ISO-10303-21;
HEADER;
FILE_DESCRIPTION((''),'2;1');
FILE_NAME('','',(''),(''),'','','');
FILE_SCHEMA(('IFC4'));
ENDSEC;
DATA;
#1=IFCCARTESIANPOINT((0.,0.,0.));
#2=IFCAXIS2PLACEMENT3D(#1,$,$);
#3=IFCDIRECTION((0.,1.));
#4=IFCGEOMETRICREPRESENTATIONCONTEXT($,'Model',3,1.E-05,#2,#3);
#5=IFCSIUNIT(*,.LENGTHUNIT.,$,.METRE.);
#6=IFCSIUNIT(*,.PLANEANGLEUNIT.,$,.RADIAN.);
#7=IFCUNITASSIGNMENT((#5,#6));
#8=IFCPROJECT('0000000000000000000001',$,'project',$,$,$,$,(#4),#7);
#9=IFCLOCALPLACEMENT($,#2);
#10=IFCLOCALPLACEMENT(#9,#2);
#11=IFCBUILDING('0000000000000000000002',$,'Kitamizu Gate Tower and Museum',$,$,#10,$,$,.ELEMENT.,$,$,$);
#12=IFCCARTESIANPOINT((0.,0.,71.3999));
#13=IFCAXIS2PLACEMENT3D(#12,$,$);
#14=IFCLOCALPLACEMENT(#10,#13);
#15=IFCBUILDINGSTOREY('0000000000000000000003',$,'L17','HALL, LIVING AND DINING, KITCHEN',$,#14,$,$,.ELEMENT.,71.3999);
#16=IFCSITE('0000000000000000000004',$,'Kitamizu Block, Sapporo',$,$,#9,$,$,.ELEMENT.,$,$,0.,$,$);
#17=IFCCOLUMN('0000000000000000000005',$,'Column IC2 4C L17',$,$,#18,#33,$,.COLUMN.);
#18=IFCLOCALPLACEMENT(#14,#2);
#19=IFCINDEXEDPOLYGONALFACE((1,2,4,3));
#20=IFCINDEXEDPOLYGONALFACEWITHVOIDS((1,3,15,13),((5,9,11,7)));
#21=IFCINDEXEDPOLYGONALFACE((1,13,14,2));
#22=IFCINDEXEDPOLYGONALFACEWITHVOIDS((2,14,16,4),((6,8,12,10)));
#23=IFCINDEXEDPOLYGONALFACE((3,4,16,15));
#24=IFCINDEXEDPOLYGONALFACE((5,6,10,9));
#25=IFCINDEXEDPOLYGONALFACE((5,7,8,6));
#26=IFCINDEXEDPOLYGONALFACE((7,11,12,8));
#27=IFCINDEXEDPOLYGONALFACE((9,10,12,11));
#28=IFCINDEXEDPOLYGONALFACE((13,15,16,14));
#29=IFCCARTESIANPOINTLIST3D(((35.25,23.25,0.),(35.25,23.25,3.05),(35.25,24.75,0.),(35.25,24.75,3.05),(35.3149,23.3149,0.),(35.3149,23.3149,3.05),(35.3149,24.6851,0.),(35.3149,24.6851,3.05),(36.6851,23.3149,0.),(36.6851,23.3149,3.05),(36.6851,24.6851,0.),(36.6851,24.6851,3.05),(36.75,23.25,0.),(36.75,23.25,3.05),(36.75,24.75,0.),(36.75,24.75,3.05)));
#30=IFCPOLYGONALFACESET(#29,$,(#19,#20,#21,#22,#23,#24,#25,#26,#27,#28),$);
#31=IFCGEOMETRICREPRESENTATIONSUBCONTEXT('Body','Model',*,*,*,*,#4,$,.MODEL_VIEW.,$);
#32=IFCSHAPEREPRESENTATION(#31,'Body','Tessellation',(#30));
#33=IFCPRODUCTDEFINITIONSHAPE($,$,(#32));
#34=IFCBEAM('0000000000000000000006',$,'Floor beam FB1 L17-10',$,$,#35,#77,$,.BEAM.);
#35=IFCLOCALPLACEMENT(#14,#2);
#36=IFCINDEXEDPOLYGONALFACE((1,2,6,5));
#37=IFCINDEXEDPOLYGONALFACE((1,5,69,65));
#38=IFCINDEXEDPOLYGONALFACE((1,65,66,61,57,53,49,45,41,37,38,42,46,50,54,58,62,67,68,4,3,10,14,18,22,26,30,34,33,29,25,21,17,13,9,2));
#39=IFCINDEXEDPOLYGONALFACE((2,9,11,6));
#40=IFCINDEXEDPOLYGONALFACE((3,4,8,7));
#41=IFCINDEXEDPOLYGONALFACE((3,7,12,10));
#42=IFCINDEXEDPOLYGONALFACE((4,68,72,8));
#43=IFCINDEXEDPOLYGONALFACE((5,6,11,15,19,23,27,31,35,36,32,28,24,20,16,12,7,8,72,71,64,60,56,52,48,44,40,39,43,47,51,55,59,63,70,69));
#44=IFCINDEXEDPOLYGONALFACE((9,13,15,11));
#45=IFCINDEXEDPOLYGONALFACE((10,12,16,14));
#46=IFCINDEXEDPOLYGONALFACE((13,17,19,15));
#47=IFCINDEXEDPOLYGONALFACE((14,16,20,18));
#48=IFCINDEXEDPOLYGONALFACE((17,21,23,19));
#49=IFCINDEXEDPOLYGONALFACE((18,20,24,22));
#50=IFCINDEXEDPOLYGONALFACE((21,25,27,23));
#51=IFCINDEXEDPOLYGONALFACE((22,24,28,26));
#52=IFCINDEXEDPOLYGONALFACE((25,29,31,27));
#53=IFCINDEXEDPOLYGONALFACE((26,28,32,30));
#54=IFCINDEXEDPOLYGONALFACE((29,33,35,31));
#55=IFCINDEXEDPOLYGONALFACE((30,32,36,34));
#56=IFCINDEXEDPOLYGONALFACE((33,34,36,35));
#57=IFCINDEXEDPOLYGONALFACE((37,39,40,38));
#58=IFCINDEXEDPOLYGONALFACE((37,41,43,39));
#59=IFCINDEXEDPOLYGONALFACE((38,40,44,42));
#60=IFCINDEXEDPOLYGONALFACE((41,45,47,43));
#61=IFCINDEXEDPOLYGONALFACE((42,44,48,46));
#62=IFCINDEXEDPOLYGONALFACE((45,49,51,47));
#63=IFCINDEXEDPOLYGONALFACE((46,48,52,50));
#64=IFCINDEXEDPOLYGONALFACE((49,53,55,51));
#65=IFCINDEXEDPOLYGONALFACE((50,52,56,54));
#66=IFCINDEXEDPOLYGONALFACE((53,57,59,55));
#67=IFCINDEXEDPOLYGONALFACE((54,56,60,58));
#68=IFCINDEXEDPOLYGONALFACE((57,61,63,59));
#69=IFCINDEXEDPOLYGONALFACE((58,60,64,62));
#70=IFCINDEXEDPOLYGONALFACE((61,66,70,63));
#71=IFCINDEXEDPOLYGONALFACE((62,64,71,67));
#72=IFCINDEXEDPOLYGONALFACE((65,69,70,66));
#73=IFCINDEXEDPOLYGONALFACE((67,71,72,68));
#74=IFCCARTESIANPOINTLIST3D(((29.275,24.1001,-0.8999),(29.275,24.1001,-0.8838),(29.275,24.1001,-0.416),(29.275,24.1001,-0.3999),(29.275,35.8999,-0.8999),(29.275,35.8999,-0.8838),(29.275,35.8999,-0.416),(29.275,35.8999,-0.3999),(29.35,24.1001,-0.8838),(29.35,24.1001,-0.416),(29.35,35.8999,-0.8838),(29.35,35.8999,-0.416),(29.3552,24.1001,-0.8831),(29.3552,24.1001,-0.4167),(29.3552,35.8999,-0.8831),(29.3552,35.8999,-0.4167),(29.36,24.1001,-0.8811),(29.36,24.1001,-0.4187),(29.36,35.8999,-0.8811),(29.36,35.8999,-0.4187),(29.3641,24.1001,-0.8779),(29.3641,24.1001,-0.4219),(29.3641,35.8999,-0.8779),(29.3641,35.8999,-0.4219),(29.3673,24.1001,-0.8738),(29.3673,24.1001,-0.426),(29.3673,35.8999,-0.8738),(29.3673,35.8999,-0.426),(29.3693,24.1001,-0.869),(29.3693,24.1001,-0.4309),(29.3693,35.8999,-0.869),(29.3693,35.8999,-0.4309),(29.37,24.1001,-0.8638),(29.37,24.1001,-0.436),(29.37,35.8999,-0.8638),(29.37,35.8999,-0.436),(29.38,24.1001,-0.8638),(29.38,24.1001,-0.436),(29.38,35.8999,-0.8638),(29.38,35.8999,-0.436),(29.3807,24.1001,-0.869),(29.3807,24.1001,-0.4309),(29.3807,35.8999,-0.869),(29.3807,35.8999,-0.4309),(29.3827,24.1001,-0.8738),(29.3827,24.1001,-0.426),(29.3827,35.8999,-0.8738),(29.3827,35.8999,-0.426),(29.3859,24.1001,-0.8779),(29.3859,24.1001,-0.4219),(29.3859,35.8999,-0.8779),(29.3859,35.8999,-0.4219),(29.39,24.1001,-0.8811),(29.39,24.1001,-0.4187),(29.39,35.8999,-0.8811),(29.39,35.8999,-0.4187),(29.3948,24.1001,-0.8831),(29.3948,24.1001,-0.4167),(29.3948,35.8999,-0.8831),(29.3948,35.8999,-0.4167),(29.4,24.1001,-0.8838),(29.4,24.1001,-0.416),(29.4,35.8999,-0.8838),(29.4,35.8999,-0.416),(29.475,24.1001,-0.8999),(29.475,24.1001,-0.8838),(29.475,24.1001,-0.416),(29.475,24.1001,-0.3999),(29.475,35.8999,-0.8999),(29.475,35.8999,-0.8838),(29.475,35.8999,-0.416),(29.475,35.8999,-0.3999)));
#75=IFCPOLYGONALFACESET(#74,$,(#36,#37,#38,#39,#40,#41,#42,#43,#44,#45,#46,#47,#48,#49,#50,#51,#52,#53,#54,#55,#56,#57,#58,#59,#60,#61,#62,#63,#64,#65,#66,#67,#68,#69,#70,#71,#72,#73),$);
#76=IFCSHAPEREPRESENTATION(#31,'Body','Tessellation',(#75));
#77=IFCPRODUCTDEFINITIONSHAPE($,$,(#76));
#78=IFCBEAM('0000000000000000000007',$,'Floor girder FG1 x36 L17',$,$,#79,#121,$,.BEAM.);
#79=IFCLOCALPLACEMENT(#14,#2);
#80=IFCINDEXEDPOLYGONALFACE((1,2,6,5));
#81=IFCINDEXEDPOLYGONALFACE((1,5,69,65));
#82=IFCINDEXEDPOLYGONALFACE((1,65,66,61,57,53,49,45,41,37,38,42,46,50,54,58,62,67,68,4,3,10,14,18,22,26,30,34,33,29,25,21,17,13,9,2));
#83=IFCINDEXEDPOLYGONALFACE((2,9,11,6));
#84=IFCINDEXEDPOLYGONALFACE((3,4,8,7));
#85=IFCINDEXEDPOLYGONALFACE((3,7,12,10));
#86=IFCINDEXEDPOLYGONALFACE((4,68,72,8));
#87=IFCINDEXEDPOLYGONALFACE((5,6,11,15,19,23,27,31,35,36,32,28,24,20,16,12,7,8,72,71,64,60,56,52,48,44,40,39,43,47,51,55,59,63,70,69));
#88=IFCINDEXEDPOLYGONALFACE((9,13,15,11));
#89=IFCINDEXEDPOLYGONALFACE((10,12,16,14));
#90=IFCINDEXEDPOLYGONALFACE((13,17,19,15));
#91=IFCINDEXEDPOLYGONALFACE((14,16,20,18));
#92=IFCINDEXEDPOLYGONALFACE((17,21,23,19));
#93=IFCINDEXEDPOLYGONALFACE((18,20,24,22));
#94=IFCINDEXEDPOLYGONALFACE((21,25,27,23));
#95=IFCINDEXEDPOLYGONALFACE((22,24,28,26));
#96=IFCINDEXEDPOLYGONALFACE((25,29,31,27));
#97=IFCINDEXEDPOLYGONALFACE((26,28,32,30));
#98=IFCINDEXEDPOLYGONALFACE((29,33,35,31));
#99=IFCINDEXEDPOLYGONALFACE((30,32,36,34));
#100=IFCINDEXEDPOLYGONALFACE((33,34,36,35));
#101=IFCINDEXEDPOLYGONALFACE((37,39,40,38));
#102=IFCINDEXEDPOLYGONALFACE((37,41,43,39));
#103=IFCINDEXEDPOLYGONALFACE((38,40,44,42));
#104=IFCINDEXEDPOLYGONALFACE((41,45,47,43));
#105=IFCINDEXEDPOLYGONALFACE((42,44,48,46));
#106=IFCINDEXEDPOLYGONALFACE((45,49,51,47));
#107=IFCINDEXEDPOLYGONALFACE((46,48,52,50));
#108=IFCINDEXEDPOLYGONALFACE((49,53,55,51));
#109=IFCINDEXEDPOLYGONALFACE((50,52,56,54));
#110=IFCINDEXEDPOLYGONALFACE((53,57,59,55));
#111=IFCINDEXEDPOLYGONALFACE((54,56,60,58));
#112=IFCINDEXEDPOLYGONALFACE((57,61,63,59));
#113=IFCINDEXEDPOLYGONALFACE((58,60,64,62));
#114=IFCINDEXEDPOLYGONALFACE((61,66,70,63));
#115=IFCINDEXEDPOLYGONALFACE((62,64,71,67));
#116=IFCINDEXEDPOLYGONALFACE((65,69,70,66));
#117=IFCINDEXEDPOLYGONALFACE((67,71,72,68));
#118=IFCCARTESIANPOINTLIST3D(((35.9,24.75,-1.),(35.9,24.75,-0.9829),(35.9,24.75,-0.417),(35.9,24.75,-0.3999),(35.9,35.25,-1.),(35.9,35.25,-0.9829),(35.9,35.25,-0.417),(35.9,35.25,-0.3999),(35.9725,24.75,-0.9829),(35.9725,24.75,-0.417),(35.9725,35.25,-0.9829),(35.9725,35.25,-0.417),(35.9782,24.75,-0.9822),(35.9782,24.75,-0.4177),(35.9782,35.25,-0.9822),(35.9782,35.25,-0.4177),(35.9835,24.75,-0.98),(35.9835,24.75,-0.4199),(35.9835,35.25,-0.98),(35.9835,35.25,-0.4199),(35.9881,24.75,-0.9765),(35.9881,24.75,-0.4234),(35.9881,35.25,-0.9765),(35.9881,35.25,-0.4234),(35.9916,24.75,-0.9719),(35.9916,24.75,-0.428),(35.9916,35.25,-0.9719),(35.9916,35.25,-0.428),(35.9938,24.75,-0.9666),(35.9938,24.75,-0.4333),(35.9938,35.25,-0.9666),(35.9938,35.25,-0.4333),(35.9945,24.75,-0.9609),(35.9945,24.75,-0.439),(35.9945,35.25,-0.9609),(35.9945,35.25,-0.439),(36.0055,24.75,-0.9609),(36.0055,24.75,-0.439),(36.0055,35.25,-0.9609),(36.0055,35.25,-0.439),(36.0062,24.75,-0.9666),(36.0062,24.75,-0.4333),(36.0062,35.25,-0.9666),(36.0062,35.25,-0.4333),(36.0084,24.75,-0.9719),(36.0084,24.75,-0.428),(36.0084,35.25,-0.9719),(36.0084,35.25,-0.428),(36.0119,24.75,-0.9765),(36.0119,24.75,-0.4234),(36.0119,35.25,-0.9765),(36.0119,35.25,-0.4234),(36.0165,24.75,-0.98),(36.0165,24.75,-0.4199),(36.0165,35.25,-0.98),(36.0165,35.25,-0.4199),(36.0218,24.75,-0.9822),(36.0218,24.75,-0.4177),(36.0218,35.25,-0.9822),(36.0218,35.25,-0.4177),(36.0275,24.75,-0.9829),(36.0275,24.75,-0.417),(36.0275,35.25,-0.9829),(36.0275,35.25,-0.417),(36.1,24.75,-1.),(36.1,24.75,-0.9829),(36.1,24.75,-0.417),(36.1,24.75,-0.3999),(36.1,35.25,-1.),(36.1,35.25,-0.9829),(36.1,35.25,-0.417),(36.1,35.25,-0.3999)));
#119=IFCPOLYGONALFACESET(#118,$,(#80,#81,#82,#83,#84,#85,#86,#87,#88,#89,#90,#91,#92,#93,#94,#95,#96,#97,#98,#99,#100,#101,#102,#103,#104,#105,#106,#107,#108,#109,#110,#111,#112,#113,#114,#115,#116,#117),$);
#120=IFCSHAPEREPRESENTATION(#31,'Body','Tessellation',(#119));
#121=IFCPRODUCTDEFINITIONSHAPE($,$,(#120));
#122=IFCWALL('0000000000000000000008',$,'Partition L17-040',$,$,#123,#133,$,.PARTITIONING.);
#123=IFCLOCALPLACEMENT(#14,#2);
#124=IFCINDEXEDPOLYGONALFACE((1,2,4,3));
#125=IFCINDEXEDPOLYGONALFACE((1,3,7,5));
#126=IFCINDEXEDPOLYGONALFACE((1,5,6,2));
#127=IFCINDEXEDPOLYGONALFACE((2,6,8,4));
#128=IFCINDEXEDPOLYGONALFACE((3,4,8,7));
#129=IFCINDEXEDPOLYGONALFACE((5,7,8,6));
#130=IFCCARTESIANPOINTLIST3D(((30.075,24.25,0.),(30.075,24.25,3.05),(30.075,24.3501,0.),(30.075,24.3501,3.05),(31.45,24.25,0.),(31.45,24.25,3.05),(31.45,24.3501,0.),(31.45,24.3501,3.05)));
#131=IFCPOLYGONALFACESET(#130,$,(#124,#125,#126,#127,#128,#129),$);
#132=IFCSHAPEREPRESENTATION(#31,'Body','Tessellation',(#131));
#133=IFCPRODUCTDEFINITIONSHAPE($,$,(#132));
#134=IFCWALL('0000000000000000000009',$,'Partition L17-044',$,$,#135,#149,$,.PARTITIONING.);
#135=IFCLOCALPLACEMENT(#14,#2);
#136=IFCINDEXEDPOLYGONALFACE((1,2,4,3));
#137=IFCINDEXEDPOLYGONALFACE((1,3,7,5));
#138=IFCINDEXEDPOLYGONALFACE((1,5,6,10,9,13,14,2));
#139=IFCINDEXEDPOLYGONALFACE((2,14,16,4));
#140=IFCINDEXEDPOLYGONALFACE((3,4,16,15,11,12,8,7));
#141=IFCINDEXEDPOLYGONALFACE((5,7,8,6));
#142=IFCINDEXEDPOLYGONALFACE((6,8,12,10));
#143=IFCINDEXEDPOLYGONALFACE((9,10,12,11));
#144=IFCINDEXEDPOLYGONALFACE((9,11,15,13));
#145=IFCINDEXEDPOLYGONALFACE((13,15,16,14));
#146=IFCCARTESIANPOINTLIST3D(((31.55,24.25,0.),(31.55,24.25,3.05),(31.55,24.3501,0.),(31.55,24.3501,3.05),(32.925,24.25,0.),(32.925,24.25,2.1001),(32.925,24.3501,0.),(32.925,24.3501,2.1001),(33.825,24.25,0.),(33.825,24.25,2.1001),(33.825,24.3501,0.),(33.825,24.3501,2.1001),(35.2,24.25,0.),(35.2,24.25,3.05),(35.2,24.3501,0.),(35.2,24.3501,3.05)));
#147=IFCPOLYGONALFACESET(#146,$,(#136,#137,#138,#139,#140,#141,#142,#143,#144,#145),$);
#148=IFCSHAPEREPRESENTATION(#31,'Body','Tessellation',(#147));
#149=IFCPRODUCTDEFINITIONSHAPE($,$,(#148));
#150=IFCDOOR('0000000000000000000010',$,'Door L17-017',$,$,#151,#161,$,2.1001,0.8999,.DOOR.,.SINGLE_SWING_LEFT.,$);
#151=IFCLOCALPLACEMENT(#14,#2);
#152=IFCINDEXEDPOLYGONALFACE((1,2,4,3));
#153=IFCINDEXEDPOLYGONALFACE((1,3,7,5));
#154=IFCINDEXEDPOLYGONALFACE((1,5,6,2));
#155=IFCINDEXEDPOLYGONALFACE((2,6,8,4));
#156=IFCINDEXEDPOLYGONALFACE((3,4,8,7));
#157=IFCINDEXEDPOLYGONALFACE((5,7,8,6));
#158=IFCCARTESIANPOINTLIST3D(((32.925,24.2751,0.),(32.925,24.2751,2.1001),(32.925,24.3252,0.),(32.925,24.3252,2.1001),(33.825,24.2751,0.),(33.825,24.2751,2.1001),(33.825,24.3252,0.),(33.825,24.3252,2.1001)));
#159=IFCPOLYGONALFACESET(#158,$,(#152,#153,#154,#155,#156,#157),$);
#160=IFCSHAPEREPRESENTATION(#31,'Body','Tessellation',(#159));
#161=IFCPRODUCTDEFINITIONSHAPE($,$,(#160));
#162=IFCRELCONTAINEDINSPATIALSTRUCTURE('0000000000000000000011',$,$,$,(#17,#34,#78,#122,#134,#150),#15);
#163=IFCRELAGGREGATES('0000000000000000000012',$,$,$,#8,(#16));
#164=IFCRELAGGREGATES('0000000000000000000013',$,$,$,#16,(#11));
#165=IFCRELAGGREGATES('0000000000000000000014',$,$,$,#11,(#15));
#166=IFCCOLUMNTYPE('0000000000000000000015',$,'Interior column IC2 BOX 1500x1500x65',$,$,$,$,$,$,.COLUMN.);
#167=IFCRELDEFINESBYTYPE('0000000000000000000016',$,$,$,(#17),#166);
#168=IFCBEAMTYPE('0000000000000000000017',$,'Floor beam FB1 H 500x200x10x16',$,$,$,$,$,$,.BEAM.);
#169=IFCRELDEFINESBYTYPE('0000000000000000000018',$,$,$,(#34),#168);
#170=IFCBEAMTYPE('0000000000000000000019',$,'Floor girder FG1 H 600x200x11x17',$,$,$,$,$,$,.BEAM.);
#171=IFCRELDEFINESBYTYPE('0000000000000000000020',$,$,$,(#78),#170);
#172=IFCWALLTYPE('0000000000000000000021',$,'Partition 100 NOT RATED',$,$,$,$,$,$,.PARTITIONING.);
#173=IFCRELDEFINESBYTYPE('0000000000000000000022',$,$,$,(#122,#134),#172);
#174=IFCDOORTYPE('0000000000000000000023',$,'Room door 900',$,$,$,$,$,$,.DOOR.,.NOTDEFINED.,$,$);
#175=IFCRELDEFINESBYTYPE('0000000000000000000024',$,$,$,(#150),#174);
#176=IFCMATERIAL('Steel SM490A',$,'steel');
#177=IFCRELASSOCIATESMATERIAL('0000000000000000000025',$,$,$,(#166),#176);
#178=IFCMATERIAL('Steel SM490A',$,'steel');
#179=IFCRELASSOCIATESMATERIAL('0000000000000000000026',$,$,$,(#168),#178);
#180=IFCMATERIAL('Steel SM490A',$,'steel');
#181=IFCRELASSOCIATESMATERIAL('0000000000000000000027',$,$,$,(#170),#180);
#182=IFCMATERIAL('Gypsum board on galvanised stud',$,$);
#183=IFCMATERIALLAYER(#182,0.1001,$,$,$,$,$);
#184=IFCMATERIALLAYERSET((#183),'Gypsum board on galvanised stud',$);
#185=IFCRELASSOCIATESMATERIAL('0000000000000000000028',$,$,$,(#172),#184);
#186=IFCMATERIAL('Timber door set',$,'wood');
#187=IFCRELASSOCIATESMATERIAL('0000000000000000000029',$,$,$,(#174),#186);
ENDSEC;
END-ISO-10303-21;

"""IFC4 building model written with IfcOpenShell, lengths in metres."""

from ifc_helpers import new_model, si_unit, direction, frame, frame_2d, origin, origin_2d, place, context, subcontext, project, spatial, rectangle, hollow_rectangle, i_section, extrude, material, layer, layer_set, material_profile, profile_set, type_object, element, fill, save


model = new_model("IFC4")

# Units and contexts
model_context = context("Model", 3, precision=1e-05, world=origin(), true_north=direction((0.0, 1.0)))
body_context = subcontext(model_context, "Body", "Model", "MODEL_VIEW")
ifc_project = project(units=[si_unit("LENGTHUNIT", "METRE"), si_unit("PLANEANGLEUNIT", "RADIAN")], contexts=[model_context])

# Site, building, storey
site_placement = place(None, origin())
site = spatial("IfcSite", under=ifc_project, at=site_placement, Name="Kitamizu Block, Sapporo", CompositionType="ELEMENT", RefElevation=0.0)
building_placement = place(site_placement, origin())
building = spatial("IfcBuilding", under=site, at=building_placement, Name="Kitamizu Gate Tower and Museum", CompositionType="ELEMENT")
storey_placement = place(building_placement, frame((0.0, 0.0, 71.3999)))
storey = spatial("IfcBuildingStorey", under=building, at=storey_placement, Name="L17", Description="HALL, LIVING AND DINING, KITCHEN", CompositionType="ELEMENT", Elevation=71.3999)

# Column
ifc_material_1 = material(Name="Steel SM490A", Category="steel")
ifc_material_profile_1 = material_profile(ifc_material_1, hollow_rectangle(XDim=1.5, YDim=1.5, WallThickness=0.0649, at=origin_2d()), Name="BOX 1500x1500x65")
ifc_profile_set_1 = profile_set([ifc_material_profile_1], Name="Steel SM490A")
column_type = type_object("IfcColumnType", Name="Interior column IC2 BOX 1500x1500x65", PredefinedType="COLUMN", material=ifc_profile_set_1)
column_placement = place(storey_placement, frame((36.0, 24.0, 0.0), z_axis=(0.0, 0.0, 1.0), x_axis=(1.0, 0.0, 0.0)))
element("IfcColumn", 1, at=column_placement, inside=storey, type_object=column_type, Name="Column IC2 4C L17", PredefinedType="COLUMN", context=body_context, shape_type="SweptSolid", body=[
    extrude(hollow_rectangle(XDim=1.5, YDim=1.5, WallThickness=0.0649, at=origin_2d()), origin(), (0.0, 0.0, 1.0), 3.05),
])

# Beams
ifc_material_2 = material(Name="Steel SM490A", Category="steel")
ifc_material_profile_2 = material_profile(ifc_material_2, i_section(OverallWidth=0.2, OverallDepth=0.5, WebThickness=0.01, FlangeThickness=0.0161, FilletRadius=0.02, at=origin_2d()), Name="H-500x200x10x16")
ifc_profile_set_2 = profile_set([ifc_material_profile_2], Name="Steel SM490A")
beam_type_1 = type_object("IfcBeamType", Name="Floor beam FB1 H 500x200x10x16", PredefinedType="BEAM", material=ifc_profile_set_2)
beam_1_placement = place(storey_placement, frame((29.375, 24.1001, -0.6499), z_axis=(0.0, 1.0, 0.0), x_axis=(-1.0, 0.0, 0.0)))
element("IfcBeam", 2, at=beam_1_placement, inside=storey, type_object=beam_type_1, Name="Floor beam FB1 L17-10", PredefinedType="BEAM", context=body_context, shape_type="SweptSolid", body=[
    extrude(i_section(OverallWidth=0.2, OverallDepth=0.5, WebThickness=0.01, FlangeThickness=0.0161, FilletRadius=0.02, at=origin_2d()), origin(), (0.0, 0.0, 1.0), 11.7998),
])
ifc_material_3 = material(Name="Steel SM490A", Category="steel")
ifc_material_profile_3 = material_profile(ifc_material_3, i_section(OverallWidth=0.2, OverallDepth=0.6001, WebThickness=0.011, FlangeThickness=0.0171, FilletRadius=0.022, at=origin_2d()), Name="H-600x200x11x17")
ifc_profile_set_3 = profile_set([ifc_material_profile_3], Name="Steel SM490A")
beam_type_2 = type_object("IfcBeamType", Name="Floor girder FG1 H 600x200x11x17", PredefinedType="BEAM", material=ifc_profile_set_3)
beam_2_placement = place(storey_placement, frame((36.0, 24.75, -0.7), z_axis=(0.0, 1.0, 0.0), x_axis=(-1.0, 0.0, 0.0)))
element("IfcBeam", 3, at=beam_2_placement, inside=storey, type_object=beam_type_2, Name="Floor girder FG1 x36 L17", PredefinedType="BEAM", context=body_context, shape_type="SweptSolid", body=[
    extrude(i_section(OverallWidth=0.2, OverallDepth=0.6001, WebThickness=0.011, FlangeThickness=0.0171, FilletRadius=0.022, at=origin_2d()), origin(), (0.0, 0.0, 1.0), 10.5),
])

# Wall
ifc_material_4 = material(Name="Gypsum board on galvanised stud")
ifc_layer_1 = layer(ifc_material_4, 0.1001)
ifc_layer_set_1 = layer_set([ifc_layer_1], Name="Gypsum board on galvanised stud")
wall_type_1 = type_object("IfcWallType", Name="Partition 100 NOT RATED", PredefinedType="PARTITIONING", material=ifc_layer_set_1)
wall_1_placement = place(storey_placement, frame((31.45, 24.3, 0.0), z_axis=(0.0, 0.0, 1.0), x_axis=(-1.0, 0.0, 0.0)))
element("IfcWall", 4, at=wall_1_placement, inside=storey, type_object=wall_type_1, Name="Partition L17-040", PredefinedType="PARTITIONING", context=body_context, shape_type="SweptSolid", body=[
    extrude(rectangle(XDim=1.375, YDim=0.1001, at=frame_2d((0.6875, 0.0))), origin(), (0.0, 0.0, 1.0), 3.05),
])

# Wall, opening, door
wall_2_placement = place(storey_placement, frame((35.2, 24.3, 0.0), z_axis=(0.0, 0.0, 1.0), x_axis=(-1.0, 0.0, 0.0)))
wall_2 = element("IfcWall", 5, at=wall_2_placement, inside=storey, type_object=wall_type_1, Name="Partition L17-044", PredefinedType="PARTITIONING", context=body_context, shape_type="SweptSolid", body=[
    extrude(rectangle(XDim=3.6499, YDim=0.1001, at=frame_2d((1.825, 0.0))), origin(), (0.0, 0.0, 1.0), 3.05),
])
opening_1_placement = place(wall_2_placement, frame((1.375, 0.0, 0.0)))
opening_1 = element("IfcOpeningElement", 6, at=opening_1_placement, cuts=wall_2, PredefinedType="OPENING", context=body_context, shape_type="SweptSolid", body=[
    extrude(rectangle(XDim=0.8999, YDim=2.1001, at=frame_2d((0.45, 1.05))), frame((0.0, 0.0601, 0.0), z_axis=(0.0, -1.0, 0.0), x_axis=(1.0, 0.0, 0.0)), (0.0, 0.0, 1.0), 0.1201),
])
ifc_material_5 = material(Name="Timber door set", Category="wood")
door_type_1 = type_object("IfcDoorType", Name="Room door 900", OperationType="NOTDEFINED", PredefinedType="DOOR", material=ifc_material_5)
door_1_placement = place(opening_1_placement, origin())
door_1 = element("IfcDoor", 7, at=door_1_placement, inside=storey, type_object=door_type_1, Name="Door L17-017", OperationType="SINGLE_SWING_LEFT", OverallHeight=2.1001, OverallWidth=0.8999, PredefinedType="DOOR", context=body_context, shape_type="SweptSolid", body=[
    extrude(rectangle(XDim=0.8999, YDim=2.1001, at=frame_2d((0.45, 1.05))), frame((0.0, 0.0249, 0.0), z_axis=(0.0, -1.0, 0.0), x_axis=(1.0, 0.0, 0.0)), (0.0, 0.0, 1.0), 0.05),
])
fill(opening_1, door_1)

save(model, "model.ifc")
